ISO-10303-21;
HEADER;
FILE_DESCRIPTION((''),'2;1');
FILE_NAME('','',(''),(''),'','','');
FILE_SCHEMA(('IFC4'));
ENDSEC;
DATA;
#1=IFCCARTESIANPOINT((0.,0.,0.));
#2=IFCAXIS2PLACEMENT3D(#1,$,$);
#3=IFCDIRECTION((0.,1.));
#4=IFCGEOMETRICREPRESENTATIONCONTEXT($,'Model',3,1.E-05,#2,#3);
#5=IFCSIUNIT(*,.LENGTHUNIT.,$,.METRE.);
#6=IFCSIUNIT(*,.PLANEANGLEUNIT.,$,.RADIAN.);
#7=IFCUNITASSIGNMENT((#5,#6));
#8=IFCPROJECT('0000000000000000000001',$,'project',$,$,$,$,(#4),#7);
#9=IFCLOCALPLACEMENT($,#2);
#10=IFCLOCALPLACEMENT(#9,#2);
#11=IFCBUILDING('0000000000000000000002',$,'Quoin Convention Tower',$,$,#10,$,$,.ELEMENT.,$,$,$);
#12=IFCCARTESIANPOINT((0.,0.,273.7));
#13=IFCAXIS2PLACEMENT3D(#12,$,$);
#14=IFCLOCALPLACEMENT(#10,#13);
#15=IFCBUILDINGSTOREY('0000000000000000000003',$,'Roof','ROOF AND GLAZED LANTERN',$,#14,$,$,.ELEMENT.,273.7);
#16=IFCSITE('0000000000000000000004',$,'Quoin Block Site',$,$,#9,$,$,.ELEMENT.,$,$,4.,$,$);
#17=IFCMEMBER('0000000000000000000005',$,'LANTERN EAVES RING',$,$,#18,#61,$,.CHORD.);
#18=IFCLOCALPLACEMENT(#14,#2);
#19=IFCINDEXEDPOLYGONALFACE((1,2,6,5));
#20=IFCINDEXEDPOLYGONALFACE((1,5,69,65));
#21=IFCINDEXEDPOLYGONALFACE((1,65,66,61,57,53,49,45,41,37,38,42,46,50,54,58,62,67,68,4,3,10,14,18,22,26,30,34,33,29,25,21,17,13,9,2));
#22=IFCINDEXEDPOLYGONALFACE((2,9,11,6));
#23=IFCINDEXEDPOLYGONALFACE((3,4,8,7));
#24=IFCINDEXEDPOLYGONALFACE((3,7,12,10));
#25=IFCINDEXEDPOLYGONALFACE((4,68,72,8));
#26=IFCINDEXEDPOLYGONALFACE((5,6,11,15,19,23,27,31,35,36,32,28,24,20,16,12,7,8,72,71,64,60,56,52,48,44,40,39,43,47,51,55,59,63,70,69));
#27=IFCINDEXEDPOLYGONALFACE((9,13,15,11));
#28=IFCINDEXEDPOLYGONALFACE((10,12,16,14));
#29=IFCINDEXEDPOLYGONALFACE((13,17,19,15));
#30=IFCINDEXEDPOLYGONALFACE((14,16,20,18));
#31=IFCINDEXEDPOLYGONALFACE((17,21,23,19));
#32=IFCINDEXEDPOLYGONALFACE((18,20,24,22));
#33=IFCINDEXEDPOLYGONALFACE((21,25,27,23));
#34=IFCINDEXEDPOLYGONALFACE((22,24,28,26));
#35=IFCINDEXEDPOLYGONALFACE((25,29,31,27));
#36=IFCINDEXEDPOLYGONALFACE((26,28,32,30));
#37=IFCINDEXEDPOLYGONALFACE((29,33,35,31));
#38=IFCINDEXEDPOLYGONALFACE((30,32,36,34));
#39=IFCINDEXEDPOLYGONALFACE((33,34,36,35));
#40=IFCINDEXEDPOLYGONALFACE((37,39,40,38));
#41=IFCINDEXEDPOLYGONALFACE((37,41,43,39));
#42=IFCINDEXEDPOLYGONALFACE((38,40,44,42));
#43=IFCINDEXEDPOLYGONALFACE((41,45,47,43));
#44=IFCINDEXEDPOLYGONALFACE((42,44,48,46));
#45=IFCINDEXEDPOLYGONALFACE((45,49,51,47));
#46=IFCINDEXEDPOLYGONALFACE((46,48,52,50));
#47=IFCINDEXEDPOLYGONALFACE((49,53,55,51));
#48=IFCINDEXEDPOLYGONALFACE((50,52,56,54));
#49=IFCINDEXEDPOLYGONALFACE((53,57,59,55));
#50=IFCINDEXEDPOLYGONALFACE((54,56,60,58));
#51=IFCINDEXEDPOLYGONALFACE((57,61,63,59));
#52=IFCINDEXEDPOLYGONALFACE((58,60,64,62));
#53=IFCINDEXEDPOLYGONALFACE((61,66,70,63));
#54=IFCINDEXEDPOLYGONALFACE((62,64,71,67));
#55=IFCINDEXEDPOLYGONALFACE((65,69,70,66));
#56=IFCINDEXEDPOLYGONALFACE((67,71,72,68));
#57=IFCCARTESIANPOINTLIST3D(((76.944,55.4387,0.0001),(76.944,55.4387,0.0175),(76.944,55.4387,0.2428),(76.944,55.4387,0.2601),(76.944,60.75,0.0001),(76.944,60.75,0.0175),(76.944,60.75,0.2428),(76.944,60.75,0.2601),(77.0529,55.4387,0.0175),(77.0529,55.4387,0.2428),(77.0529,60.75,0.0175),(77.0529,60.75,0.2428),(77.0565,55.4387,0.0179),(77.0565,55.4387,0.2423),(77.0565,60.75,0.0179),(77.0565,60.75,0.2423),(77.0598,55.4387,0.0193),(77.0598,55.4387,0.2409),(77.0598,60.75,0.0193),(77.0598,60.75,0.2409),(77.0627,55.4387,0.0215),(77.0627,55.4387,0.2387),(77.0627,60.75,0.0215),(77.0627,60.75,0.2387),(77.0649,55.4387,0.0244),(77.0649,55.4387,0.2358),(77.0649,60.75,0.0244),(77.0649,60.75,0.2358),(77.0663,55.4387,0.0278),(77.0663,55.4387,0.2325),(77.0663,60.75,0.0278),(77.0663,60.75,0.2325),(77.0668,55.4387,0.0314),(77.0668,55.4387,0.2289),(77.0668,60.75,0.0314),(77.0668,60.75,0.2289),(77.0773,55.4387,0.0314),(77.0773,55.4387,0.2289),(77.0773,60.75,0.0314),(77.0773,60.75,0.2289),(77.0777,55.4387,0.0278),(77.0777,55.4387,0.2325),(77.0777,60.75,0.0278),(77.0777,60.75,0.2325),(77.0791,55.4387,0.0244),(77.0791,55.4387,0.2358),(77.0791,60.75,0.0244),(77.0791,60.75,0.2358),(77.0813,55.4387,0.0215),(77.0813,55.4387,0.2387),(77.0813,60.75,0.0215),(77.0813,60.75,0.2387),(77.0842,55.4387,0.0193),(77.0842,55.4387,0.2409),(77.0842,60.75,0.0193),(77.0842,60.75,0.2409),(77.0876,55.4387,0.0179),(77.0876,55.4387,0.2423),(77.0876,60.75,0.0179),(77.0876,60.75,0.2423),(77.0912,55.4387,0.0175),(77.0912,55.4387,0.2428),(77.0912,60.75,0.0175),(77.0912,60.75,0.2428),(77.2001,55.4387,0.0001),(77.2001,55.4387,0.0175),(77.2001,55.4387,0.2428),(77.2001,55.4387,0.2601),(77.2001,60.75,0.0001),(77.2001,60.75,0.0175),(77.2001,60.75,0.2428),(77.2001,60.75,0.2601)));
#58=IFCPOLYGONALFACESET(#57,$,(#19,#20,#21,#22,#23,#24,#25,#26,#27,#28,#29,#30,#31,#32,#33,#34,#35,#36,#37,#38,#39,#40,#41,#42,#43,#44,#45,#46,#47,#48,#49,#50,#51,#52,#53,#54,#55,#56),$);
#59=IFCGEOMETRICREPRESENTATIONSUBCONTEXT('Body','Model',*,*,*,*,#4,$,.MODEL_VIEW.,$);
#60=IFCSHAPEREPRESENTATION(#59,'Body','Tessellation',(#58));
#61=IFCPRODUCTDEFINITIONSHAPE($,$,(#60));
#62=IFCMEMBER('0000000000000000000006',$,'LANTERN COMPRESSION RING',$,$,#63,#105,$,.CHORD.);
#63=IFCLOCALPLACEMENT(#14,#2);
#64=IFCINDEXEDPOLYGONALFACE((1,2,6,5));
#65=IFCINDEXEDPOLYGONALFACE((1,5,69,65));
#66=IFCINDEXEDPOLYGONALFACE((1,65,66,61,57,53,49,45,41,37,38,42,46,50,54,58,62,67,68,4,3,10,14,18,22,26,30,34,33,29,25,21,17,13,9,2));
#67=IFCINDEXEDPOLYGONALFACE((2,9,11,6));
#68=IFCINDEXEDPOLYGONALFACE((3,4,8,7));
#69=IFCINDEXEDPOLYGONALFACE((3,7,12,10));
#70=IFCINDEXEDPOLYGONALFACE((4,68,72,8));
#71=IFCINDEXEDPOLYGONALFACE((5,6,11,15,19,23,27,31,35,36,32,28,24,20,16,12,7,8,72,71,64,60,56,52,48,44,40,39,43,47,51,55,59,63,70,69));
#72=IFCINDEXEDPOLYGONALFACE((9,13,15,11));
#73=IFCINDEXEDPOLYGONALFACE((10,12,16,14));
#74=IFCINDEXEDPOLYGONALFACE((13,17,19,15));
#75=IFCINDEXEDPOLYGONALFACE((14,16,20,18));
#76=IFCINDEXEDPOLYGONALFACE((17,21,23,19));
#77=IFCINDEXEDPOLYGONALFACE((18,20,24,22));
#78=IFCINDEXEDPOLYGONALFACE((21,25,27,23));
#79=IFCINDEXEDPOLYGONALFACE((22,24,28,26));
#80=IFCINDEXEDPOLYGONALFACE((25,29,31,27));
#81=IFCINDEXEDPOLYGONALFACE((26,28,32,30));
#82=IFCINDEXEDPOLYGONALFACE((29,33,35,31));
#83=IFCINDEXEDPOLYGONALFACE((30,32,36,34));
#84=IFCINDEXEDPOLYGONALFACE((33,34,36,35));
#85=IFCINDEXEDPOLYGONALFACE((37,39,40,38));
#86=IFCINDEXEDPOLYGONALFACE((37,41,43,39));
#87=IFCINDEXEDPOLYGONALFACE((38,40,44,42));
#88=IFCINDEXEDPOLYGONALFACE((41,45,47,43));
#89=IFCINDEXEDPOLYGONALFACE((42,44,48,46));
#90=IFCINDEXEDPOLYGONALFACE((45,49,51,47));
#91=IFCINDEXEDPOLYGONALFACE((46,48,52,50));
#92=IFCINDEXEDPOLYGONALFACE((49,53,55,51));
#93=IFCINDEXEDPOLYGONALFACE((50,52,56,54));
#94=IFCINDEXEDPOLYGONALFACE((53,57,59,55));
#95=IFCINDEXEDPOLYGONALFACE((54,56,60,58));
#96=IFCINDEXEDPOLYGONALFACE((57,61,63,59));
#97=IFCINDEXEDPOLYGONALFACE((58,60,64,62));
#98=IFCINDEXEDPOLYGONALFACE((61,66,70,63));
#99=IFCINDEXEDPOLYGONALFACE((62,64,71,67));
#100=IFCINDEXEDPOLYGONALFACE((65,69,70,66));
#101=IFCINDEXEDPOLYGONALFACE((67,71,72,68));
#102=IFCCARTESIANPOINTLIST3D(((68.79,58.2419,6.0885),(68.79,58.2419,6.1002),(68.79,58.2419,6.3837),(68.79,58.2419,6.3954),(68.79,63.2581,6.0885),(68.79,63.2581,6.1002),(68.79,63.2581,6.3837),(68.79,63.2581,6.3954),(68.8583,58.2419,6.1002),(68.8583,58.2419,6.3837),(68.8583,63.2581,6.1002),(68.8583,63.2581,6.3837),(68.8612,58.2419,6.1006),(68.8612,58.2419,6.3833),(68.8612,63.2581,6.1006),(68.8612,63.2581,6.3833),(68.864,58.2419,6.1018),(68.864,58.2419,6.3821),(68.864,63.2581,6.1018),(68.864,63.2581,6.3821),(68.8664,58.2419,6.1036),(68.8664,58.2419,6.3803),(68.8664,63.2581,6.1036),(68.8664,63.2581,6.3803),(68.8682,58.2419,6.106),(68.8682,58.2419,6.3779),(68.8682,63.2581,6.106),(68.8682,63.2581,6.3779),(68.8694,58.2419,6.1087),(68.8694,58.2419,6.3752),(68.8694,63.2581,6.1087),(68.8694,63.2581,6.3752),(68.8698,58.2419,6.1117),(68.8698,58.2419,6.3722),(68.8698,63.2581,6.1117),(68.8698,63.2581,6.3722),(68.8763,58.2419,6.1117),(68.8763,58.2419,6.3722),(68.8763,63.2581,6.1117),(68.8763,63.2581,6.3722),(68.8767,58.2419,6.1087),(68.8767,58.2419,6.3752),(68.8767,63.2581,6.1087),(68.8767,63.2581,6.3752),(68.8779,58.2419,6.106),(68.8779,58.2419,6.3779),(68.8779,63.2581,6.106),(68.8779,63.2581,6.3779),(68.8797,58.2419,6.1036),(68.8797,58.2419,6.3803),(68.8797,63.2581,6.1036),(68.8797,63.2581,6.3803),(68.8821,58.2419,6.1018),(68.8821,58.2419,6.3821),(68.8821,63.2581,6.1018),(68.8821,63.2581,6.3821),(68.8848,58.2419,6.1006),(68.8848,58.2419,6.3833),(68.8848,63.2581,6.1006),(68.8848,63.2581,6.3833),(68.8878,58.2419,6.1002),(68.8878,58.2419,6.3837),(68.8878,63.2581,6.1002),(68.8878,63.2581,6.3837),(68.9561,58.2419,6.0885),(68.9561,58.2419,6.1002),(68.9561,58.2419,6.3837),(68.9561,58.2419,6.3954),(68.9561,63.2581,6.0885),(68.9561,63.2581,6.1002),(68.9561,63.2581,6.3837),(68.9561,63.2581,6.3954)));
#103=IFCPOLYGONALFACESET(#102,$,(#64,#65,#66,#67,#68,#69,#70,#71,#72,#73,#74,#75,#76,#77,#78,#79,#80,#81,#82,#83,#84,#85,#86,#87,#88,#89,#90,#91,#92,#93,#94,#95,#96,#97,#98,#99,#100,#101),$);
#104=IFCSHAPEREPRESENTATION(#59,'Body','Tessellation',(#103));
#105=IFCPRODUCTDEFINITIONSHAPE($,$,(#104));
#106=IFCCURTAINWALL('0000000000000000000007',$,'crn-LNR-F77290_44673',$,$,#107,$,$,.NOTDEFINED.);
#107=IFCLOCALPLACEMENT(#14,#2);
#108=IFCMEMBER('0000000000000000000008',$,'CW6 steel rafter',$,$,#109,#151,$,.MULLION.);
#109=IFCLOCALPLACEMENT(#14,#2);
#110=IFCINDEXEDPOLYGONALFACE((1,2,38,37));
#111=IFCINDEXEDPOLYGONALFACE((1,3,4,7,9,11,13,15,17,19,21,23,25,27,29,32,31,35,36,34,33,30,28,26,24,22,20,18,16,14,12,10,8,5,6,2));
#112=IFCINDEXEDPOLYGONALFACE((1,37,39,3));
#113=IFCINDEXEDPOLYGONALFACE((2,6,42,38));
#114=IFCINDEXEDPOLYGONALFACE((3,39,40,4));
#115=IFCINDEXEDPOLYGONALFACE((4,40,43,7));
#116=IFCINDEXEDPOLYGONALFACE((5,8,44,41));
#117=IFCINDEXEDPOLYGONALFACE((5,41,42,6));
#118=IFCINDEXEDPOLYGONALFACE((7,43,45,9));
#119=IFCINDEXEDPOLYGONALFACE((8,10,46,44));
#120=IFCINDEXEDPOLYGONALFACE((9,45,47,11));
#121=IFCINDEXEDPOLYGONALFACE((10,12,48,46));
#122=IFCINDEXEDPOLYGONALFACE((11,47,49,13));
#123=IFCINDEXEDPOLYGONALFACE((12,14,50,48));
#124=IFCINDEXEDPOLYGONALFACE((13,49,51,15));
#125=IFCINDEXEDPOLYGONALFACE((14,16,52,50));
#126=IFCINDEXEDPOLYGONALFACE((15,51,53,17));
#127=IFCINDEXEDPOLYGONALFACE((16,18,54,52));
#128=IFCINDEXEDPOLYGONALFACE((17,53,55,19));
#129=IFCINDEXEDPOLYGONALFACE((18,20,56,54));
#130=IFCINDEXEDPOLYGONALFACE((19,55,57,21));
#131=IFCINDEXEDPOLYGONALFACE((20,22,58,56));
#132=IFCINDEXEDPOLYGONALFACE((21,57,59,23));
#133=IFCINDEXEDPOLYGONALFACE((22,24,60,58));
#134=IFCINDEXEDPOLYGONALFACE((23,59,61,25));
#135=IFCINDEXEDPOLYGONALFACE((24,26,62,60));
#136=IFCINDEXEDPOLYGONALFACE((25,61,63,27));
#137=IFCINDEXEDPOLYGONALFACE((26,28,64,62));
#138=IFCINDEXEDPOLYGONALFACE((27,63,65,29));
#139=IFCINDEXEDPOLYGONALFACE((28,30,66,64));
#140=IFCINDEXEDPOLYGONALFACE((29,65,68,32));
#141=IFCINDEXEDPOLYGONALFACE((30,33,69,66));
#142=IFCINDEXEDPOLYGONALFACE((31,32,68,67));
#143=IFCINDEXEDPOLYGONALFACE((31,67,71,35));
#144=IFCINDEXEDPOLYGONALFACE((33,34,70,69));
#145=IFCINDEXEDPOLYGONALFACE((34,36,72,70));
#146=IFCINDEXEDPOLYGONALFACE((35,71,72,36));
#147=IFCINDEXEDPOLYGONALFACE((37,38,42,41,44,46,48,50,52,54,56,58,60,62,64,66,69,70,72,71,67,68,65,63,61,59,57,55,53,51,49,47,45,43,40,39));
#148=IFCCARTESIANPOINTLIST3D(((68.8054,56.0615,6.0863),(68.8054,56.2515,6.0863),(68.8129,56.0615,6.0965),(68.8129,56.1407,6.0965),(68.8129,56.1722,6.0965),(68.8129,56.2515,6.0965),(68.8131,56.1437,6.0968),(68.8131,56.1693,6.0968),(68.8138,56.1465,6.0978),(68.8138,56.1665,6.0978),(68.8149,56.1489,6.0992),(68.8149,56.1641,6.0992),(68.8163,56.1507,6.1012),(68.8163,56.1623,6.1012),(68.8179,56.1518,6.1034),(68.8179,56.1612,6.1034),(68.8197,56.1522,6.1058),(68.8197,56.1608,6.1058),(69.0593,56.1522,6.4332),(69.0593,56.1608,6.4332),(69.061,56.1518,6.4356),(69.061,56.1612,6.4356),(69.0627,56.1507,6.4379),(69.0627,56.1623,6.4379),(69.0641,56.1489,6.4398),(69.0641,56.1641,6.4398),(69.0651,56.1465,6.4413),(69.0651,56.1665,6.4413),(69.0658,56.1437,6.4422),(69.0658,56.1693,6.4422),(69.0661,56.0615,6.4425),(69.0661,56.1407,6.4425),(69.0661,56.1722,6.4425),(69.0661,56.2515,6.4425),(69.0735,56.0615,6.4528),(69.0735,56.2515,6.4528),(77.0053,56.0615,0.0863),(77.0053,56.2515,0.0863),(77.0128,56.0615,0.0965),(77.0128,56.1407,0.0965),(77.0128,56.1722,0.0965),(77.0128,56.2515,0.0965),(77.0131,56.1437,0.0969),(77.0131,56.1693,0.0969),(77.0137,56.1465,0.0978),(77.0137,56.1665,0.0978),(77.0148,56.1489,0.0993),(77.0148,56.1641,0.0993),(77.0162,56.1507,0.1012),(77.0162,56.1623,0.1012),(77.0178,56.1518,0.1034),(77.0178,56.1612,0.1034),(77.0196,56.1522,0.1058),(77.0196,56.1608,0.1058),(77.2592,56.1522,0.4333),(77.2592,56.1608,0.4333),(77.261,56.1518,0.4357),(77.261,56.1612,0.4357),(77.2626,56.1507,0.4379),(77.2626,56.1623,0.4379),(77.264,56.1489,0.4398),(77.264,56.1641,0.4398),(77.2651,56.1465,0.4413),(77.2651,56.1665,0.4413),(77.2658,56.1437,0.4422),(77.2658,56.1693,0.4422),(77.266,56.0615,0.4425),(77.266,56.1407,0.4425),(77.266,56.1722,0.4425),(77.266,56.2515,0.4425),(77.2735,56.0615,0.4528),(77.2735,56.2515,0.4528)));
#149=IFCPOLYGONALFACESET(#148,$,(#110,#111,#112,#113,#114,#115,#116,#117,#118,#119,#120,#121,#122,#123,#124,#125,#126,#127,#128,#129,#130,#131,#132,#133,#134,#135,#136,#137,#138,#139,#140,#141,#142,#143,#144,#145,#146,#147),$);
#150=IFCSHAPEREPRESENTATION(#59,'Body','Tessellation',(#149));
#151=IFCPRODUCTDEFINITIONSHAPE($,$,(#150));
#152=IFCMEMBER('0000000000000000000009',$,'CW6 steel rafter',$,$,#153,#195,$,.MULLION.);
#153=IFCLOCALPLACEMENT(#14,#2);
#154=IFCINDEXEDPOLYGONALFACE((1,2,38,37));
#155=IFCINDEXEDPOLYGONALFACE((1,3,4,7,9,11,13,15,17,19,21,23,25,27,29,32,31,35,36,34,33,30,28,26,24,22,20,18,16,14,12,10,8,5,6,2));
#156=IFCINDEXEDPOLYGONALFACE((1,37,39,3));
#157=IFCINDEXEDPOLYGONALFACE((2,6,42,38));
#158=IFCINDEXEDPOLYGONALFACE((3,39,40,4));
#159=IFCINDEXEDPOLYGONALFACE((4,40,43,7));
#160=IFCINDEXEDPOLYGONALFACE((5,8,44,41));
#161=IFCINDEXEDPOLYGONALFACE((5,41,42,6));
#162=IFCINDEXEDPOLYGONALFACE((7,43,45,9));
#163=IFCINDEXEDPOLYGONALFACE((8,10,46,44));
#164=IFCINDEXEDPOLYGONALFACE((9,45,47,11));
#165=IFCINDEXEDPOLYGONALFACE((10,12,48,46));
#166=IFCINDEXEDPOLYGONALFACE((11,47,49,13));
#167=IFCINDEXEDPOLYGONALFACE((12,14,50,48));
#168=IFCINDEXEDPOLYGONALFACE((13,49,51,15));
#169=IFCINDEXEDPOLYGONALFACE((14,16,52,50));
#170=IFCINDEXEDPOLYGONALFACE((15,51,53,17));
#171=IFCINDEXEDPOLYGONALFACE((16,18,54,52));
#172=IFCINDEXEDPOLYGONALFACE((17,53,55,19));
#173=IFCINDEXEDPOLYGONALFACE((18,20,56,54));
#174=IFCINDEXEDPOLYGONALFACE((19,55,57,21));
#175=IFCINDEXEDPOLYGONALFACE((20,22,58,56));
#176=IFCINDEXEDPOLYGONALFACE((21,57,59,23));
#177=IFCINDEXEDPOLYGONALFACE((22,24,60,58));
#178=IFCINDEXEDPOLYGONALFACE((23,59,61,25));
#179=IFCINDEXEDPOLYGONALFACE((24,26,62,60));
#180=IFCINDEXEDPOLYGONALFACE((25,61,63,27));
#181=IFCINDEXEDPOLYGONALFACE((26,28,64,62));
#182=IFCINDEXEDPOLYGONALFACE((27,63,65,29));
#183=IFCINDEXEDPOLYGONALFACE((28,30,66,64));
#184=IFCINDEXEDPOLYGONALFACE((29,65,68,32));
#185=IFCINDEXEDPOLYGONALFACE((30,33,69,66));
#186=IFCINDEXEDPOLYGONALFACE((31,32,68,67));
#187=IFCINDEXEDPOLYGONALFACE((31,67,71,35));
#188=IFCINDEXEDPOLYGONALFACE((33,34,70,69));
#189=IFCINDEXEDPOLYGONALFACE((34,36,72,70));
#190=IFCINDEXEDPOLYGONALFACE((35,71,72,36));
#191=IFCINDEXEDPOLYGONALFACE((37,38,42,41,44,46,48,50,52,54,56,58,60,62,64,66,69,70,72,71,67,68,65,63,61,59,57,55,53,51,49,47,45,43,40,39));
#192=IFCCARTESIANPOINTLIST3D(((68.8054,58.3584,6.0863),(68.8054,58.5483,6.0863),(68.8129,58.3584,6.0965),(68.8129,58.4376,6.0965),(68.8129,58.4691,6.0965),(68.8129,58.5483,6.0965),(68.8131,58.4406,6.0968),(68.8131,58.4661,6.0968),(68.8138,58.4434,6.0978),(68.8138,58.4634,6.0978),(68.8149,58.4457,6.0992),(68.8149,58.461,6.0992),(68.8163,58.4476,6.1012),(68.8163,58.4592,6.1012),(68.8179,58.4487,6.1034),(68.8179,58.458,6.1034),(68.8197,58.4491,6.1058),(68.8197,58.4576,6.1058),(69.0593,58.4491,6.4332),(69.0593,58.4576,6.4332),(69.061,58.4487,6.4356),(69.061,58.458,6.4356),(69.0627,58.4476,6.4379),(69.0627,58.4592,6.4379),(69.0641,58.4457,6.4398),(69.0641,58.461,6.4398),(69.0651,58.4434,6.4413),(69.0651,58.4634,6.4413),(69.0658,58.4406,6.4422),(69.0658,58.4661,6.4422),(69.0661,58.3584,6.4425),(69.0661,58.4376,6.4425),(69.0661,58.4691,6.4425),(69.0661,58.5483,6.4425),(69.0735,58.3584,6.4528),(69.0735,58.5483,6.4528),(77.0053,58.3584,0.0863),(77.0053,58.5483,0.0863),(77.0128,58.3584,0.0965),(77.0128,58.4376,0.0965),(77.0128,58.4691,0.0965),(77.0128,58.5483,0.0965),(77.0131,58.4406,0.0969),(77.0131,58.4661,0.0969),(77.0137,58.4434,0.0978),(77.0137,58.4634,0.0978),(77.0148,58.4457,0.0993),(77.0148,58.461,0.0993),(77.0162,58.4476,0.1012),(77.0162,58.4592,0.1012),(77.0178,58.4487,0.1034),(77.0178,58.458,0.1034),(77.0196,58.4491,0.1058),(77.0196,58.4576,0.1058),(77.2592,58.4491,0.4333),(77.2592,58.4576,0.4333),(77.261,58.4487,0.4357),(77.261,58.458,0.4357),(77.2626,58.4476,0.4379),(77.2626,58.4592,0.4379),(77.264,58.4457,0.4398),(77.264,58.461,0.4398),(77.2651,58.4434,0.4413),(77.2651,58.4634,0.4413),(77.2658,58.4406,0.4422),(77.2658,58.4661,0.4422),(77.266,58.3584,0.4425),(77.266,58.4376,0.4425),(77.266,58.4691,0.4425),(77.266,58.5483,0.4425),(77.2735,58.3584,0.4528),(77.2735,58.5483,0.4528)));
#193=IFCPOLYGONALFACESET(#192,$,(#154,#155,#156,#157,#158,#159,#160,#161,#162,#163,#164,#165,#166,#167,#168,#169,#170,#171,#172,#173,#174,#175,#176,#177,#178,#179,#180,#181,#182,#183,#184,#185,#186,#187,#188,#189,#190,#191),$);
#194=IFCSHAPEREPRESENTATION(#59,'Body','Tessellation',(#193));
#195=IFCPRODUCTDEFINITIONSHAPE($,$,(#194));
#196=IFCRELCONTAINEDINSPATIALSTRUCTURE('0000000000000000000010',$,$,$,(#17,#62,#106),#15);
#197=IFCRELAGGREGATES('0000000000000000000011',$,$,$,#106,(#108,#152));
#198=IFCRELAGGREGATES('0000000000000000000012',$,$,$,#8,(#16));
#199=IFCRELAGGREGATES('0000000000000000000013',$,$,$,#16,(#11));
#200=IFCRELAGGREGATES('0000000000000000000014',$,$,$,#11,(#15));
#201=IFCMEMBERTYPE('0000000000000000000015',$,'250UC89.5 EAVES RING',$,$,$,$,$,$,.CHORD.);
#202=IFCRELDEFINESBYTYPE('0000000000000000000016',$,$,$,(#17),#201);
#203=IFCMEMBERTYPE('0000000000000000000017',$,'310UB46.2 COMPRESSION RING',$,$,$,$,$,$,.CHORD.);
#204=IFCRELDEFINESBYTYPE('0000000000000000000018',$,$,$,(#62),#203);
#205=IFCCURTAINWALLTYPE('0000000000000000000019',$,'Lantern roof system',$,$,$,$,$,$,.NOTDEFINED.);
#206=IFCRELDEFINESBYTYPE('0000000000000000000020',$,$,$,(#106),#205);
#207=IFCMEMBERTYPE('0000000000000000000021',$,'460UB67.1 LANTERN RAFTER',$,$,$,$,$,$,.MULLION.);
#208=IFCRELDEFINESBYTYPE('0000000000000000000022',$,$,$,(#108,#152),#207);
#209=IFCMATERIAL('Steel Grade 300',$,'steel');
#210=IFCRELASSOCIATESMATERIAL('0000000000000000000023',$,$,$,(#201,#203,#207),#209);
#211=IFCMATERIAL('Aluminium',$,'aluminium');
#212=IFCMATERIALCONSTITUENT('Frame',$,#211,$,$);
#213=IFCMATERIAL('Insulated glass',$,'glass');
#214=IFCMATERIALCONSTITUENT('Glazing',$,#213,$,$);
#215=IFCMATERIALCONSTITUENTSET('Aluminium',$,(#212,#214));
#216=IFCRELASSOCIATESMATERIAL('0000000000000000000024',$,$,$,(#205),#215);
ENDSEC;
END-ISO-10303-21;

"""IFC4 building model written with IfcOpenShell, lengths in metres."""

from ifc_helpers import new_model, si_unit, direction, frame, origin, origin_2d, place, context, subcontext, project, spatial, i_section, extrude, material, constituent, constituent_set, material_profile, profile_set, type_object, element, aggregate, save


model = new_model("IFC4")

# Units and contexts
model_context = context("Model", 3, precision=1e-05, world=origin(), true_north=direction((0.0, 1.0)))
body_context = subcontext(model_context, "Body", "Model", "MODEL_VIEW")
ifc_project = project(units=[si_unit("LENGTHUNIT", "METRE"), si_unit("PLANEANGLEUNIT", "RADIAN")], contexts=[model_context])

# Site, building, storey
site_placement = place(None, origin())
site = spatial("IfcSite", under=ifc_project, at=site_placement, Name="Quoin Block Site", CompositionType="ELEMENT", RefElevation=4.0)
building_placement = place(site_placement, origin())
building = spatial("IfcBuilding", under=site, at=building_placement, Name="Quoin Convention Tower", CompositionType="ELEMENT")
storey_placement = place(building_placement, frame((0.0, 0.0, 273.7)))
storey = spatial("IfcBuildingStorey", under=building, at=storey_placement, Name="Roof", Description="ROOF AND GLAZED LANTERN", CompositionType="ELEMENT", Elevation=273.7)

# Members
ifc_material_1 = material(Name="Steel Grade 300", Category="steel")
ifc_material_profile_1 = material_profile(ifc_material_1, i_section(OverallWidth=0.2561, OverallDepth=0.26, WebThickness=0.0105, FlangeThickness=0.0173, FilletRadius=0.0139, at=origin_2d()), Name="250UC89.5")
ifc_profile_set_1 = profile_set([ifc_material_profile_1], Name="Steel Grade 300")
member_type_1 = type_object("IfcMemberType", Name="250UC89.5 EAVES RING", PredefinedType="CHORD", material=ifc_profile_set_1)
member_1_placement = place(storey_placement, frame((77.072, 55.4387, 0.1301), z_axis=(0.0, 1.0, 0.0), x_axis=(-1.0, 0.0, 0.0)))
element("IfcMember", 1, at=member_1_placement, inside=storey, type_object=member_type_1, Name="LANTERN EAVES RING", PredefinedType="CHORD", context=body_context, shape_type="SweptSolid", body=[
    extrude(i_section(OverallWidth=0.2561, OverallDepth=0.26, WebThickness=0.0105, FlangeThickness=0.0173, FilletRadius=0.0139, at=origin_2d()), origin(), (0.0, 0.0, 1.0), 5.3113),
])
ifc_material_profile_2 = material_profile(ifc_material_1, i_section(OverallWidth=0.166, OverallDepth=0.3069, WebThickness=0.0066, FlangeThickness=0.0117, FilletRadius=0.0115, at=origin_2d()), Name="310UB46.2")
ifc_profile_set_2 = profile_set([ifc_material_profile_2], Name="Steel Grade 300")
member_type_2 = type_object("IfcMemberType", Name="310UB46.2 COMPRESSION RING", PredefinedType="CHORD", material=ifc_profile_set_2)
member_2_placement = place(storey_placement, frame((68.873, 58.2419, 6.2419), z_axis=(0.0, 1.0, 0.0), x_axis=(-1.0, 0.0, 0.0)))
element("IfcMember", 2, at=member_2_placement, inside=storey, type_object=member_type_2, Name="LANTERN COMPRESSION RING", PredefinedType="CHORD", context=body_context, shape_type="SweptSolid", body=[
    extrude(i_section(OverallWidth=0.166, OverallDepth=0.3069, WebThickness=0.0066, FlangeThickness=0.0117, FilletRadius=0.0115, at=origin_2d()), origin(), (0.0, 0.0, 1.0), 5.0161),
])

# Curtain wall, members
ifc_material_2 = material(Name="Aluminium", Category="aluminium")
ifc_constituent_1 = constituent(ifc_material_2, Name="Frame")
ifc_material_3 = material(Name="Insulated glass", Category="glass")
ifc_constituent_2 = constituent(ifc_material_3, Name="Glazing")
ifc_constituent_set = constituent_set(constituents=[ifc_constituent_1, ifc_constituent_2], Name="Aluminium")
curtain_wall_type = type_object("IfcCurtainWallType", Name="Lantern roof system", PredefinedType="NOTDEFINED", material=ifc_constituent_set)
curtain_wall_1_placement = place(storey_placement, origin())
curtain_wall_1 = element("IfcCurtainWall", 3, at=curtain_wall_1_placement, inside=storey, type_object=curtain_wall_type, Name="crn-LNR-F77290_44673", PredefinedType="NOTDEFINED")
ifc_material_profile_3 = material_profile(ifc_material_1, i_section(OverallWidth=0.1899, OverallDepth=0.4541, WebThickness=0.0085, FlangeThickness=0.0127, FilletRadius=0.0115, at=origin_2d()), Name="460UB67.1")
ifc_profile_set_3 = profile_set([ifc_material_profile_3], Name="Steel Grade 300")
member_type_3 = type_object("IfcMemberType", Name="460UB67.1 LANTERN RAFTER", PredefinedType="MULLION", material=ifc_profile_set_3)
member_3_placement = place(storey_placement, frame((77.1394, 56.1565, 0.2695), z_axis=(-0.807029, 0.0, 0.590512), x_axis=(0.0, -1.0, 0.0)))
member_3 = element("IfcMember", 4, at=member_3_placement, type_object=member_type_3, Name="CW6 steel rafter", PredefinedType="MULLION", context=body_context, shape_type="SweptSolid", body=[
    extrude(i_section(OverallWidth=0.1899, OverallDepth=0.4541, WebThickness=0.0085, FlangeThickness=0.0127, FilletRadius=0.0115, at=origin_2d()), origin(), (0.0, 0.0, 1.0), 10.1606),
])
member_4_placement = place(storey_placement, frame((77.1394, 58.4534, 0.2695), z_axis=(-0.807029, 0.0, 0.590512), x_axis=(0.0, -1.0, 0.0)))
member_4 = element("IfcMember", 5, at=member_4_placement, type_object=member_type_3, Name="CW6 steel rafter", PredefinedType="MULLION", context=body_context, shape_type="SweptSolid", body=[
    extrude(i_section(OverallWidth=0.1899, OverallDepth=0.4541, WebThickness=0.0085, FlangeThickness=0.0127, FilletRadius=0.0115, at=origin_2d()), origin(), (0.0, 0.0, 1.0), 10.1606),
])

aggregate(curtain_wall_1, [member_3, member_4])

save(model, "model.ifc")
